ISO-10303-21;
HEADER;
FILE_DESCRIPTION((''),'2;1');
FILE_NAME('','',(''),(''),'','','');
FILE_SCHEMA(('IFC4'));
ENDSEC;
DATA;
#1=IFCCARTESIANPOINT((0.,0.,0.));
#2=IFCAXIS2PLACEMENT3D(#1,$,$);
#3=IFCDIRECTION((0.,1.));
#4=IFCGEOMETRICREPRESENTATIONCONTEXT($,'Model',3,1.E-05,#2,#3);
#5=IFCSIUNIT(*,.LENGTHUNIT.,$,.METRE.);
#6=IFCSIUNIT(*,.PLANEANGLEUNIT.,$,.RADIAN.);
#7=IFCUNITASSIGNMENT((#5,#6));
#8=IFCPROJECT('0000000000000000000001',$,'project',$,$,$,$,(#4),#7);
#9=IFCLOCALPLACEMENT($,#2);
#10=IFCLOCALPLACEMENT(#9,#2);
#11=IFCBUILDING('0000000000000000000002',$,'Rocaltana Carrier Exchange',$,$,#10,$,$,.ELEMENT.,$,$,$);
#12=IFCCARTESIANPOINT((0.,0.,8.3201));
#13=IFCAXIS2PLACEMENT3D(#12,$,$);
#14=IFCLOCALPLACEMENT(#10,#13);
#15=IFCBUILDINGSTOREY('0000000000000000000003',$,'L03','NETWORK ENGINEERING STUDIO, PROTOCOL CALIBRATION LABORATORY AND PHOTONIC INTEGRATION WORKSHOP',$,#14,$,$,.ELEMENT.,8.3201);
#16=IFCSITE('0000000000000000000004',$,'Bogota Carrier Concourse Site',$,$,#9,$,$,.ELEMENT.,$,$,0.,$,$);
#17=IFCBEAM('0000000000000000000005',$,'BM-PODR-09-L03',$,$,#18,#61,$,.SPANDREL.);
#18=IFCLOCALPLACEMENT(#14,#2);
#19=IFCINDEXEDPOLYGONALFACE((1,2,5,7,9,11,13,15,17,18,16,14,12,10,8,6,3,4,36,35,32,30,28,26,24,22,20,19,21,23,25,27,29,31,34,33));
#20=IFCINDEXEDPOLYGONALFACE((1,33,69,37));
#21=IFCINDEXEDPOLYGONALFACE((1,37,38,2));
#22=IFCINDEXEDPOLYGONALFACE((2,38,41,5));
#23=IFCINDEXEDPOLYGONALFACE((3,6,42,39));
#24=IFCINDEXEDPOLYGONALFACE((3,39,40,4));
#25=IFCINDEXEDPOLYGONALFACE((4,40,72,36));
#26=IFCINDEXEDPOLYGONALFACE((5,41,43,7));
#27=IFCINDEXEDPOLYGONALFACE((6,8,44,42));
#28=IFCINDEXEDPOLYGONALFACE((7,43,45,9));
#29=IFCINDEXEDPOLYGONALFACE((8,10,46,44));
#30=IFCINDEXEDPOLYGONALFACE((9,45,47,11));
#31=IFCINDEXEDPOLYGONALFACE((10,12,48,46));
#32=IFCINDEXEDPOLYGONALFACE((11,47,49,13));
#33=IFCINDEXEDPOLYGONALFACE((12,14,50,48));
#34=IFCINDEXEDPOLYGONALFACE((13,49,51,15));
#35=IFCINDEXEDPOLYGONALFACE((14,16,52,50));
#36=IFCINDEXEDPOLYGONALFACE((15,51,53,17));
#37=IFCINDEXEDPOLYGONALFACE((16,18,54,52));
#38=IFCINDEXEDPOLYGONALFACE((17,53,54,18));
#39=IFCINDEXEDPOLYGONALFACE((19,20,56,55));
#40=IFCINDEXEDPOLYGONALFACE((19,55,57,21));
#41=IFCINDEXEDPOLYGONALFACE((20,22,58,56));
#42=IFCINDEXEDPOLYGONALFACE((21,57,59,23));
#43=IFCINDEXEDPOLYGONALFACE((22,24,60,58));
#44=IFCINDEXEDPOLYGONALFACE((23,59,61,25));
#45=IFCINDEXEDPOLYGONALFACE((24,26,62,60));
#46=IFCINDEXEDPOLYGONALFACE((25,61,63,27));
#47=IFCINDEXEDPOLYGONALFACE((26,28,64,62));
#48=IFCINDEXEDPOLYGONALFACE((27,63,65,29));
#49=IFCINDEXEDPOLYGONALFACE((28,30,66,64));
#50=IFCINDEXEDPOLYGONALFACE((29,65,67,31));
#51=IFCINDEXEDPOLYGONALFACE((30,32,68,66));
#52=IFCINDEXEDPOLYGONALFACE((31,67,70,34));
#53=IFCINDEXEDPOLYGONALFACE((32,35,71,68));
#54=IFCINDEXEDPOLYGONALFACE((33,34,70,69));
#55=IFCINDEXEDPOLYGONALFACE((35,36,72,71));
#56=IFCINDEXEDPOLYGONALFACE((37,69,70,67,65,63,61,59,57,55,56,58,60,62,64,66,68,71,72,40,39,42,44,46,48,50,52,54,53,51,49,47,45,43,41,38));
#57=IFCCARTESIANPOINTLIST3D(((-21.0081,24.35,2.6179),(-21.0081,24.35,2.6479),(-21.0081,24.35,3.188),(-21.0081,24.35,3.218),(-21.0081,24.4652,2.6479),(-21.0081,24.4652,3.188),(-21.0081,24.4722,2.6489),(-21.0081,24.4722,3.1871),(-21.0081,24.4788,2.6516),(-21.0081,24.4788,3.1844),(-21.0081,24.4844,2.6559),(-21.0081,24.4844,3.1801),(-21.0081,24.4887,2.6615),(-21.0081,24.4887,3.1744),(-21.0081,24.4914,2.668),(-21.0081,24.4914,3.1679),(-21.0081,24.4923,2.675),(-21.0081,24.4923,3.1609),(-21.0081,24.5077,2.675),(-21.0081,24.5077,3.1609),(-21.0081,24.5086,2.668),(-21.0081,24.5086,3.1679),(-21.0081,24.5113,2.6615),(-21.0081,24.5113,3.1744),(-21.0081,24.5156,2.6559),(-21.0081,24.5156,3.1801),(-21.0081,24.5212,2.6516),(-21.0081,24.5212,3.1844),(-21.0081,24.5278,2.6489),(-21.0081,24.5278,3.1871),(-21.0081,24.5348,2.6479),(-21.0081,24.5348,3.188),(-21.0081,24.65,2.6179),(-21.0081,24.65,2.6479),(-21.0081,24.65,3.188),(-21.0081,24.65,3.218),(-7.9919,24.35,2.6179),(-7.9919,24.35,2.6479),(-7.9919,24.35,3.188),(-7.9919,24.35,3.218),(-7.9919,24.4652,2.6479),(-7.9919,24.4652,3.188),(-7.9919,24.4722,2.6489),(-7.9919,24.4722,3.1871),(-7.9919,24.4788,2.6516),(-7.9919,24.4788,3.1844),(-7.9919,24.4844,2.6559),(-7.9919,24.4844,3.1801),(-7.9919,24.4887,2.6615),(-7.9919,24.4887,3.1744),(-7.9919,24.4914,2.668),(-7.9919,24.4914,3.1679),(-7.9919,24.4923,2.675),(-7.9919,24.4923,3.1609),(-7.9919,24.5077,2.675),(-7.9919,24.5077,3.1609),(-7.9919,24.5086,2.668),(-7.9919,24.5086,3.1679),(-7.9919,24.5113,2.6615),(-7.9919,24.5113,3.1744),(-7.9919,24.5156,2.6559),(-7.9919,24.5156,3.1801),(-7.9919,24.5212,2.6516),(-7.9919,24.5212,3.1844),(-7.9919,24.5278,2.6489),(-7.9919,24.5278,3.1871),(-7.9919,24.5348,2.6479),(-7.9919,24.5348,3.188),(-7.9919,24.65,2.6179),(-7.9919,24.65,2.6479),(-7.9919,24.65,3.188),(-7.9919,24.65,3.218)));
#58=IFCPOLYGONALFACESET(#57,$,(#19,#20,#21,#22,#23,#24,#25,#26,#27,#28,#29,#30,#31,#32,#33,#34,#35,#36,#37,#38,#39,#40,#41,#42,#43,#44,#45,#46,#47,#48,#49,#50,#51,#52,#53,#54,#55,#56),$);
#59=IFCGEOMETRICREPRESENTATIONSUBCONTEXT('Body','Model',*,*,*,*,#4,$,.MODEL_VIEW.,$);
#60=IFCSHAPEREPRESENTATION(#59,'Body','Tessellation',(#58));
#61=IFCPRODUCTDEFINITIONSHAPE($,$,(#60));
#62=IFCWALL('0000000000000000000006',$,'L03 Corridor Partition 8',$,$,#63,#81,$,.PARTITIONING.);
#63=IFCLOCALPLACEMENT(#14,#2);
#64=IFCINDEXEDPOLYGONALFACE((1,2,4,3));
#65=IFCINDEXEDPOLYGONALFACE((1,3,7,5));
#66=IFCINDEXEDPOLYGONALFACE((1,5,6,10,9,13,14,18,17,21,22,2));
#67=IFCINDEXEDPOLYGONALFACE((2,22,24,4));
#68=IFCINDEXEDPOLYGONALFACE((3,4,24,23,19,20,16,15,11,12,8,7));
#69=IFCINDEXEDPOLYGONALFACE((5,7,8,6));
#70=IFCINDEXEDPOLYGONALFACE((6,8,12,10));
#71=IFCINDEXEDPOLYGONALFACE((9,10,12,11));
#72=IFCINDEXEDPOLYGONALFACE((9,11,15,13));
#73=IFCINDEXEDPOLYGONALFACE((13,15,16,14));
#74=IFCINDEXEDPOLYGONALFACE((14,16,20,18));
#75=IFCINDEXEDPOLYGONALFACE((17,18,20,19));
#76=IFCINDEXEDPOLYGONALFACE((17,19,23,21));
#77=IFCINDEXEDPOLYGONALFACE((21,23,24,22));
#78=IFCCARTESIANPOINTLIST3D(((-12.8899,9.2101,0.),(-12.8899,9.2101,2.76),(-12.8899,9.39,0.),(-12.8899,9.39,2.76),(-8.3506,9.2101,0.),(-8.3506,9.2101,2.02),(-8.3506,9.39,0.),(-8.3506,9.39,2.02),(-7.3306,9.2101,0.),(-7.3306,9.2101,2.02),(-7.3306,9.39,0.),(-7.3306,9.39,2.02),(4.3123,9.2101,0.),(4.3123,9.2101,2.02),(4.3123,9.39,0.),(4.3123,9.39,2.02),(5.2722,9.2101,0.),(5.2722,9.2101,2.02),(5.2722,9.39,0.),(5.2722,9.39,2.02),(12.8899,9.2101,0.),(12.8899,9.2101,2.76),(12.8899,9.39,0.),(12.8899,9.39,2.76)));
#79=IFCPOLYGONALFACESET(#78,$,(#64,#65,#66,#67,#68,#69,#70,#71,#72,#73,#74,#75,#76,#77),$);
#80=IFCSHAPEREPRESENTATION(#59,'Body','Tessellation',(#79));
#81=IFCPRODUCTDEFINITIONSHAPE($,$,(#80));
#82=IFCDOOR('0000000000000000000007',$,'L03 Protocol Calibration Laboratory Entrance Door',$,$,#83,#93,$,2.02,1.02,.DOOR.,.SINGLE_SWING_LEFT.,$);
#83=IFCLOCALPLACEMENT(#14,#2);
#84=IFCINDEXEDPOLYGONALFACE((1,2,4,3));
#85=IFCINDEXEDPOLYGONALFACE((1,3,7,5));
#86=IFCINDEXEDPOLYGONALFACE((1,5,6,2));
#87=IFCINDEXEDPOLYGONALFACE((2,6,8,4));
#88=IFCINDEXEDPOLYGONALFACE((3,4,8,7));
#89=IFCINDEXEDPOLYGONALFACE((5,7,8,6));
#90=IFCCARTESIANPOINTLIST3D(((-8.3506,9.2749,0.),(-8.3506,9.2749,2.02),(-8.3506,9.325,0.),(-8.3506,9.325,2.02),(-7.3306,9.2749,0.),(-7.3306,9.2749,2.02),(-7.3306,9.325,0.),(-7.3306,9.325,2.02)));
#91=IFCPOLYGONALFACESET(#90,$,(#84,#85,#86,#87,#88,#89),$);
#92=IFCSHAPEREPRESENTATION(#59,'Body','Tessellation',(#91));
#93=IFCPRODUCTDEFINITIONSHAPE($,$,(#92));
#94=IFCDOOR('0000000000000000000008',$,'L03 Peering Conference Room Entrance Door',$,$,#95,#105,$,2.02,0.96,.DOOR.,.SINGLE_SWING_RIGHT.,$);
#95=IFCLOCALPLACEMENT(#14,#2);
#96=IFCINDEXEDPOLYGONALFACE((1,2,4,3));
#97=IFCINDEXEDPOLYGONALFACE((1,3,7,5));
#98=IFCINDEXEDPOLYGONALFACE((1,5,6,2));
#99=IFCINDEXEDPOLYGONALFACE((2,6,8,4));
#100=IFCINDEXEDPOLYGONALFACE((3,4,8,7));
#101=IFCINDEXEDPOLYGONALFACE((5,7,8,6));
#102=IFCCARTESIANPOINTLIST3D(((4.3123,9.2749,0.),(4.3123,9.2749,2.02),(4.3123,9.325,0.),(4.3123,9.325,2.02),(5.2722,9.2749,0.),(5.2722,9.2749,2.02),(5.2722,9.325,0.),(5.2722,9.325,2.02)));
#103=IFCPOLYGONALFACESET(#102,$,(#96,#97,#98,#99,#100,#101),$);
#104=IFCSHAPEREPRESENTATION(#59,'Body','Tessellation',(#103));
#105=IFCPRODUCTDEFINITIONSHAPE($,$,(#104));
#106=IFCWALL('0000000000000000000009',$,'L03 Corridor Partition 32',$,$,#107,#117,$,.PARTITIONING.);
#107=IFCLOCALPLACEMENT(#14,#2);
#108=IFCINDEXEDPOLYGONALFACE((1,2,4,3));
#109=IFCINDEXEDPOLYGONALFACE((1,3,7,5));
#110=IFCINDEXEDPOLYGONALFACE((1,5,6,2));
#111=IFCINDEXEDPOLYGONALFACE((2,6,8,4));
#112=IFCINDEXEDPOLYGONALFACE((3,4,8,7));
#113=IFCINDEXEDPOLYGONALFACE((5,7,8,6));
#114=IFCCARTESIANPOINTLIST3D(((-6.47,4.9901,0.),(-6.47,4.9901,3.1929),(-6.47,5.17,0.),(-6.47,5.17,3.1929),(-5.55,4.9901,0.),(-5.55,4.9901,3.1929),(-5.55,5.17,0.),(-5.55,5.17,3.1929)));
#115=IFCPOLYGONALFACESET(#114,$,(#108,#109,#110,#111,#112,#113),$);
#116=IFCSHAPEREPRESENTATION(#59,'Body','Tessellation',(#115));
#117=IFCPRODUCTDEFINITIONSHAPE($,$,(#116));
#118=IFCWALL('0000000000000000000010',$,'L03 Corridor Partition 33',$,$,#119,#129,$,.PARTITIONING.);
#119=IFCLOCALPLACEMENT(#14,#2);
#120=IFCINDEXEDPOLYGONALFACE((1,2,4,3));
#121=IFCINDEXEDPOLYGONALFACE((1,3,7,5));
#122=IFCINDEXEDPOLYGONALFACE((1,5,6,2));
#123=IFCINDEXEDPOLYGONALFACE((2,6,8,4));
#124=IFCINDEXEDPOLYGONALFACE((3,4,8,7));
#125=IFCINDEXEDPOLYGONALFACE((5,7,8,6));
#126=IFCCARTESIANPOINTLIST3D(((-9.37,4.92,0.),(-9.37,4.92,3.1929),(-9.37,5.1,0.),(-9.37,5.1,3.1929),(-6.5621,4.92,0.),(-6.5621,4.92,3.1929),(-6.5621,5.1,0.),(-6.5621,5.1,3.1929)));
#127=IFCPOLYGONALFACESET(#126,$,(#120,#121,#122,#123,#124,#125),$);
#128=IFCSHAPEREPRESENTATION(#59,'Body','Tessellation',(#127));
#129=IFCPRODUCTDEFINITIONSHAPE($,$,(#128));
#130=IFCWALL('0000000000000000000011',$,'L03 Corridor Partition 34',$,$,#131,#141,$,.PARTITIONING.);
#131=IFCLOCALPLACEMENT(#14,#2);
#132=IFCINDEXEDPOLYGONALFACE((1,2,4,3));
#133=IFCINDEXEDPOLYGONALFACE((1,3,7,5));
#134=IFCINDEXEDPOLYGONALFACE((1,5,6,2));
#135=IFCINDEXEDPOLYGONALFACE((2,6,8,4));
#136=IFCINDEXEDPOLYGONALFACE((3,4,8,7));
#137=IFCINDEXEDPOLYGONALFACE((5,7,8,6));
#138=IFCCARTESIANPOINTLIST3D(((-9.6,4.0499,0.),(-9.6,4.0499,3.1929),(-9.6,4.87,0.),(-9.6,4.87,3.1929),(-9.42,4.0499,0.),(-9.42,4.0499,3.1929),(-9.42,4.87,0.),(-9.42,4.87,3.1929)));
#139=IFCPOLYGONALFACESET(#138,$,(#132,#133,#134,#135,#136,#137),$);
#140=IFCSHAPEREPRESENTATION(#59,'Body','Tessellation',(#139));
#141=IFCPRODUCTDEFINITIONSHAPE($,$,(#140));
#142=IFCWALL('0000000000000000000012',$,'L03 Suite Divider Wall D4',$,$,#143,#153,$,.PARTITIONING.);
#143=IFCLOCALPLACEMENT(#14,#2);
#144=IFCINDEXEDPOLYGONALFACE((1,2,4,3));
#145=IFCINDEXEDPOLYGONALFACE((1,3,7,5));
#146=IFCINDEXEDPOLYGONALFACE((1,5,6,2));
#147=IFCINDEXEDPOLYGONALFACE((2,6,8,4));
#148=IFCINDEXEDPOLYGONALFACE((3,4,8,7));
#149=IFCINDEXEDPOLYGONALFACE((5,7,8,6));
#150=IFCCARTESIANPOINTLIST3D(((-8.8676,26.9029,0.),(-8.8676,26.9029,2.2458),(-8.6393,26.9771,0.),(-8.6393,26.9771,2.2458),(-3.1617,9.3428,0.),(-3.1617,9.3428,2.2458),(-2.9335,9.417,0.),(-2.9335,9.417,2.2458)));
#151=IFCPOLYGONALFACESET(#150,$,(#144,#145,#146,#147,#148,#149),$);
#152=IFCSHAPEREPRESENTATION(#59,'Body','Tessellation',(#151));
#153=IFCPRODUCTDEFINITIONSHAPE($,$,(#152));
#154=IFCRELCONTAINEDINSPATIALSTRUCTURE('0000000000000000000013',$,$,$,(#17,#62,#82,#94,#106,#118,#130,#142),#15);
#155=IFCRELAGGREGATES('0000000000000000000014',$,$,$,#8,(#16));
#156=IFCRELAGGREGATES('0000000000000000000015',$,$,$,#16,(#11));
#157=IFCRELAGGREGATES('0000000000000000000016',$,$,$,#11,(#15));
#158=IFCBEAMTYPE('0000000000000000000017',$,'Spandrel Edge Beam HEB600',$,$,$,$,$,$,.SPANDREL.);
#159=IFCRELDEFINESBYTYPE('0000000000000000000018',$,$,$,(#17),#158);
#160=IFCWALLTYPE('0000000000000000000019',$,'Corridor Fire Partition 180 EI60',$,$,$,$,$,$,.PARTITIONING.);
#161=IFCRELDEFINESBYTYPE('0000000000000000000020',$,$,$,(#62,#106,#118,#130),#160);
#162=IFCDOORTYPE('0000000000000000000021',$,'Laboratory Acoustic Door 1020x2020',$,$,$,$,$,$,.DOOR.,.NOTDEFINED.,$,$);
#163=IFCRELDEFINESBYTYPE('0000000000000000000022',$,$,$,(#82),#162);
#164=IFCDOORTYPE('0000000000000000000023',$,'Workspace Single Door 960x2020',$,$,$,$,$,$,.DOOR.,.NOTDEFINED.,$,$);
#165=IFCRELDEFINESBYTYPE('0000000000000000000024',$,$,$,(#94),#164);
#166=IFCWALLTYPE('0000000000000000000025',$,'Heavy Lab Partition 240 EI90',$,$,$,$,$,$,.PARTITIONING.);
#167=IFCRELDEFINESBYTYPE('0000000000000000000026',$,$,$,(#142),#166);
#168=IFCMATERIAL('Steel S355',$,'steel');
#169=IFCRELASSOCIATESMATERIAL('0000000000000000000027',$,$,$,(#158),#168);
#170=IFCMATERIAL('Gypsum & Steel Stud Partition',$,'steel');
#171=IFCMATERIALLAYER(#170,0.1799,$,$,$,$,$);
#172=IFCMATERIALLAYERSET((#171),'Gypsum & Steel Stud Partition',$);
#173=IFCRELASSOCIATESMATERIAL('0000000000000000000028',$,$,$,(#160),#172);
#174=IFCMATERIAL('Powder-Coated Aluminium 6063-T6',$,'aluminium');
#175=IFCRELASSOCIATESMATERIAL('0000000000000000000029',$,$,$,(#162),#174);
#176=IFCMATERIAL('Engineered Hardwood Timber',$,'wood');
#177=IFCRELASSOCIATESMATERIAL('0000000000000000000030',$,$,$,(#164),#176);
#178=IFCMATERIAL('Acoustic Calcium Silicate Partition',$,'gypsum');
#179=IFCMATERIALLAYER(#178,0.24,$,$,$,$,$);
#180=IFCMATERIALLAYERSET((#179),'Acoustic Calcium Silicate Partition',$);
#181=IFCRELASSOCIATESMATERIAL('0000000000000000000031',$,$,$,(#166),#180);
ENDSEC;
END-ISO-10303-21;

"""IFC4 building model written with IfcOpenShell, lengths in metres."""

from ifc_helpers import new_model, si_unit, direction, frame, frame_2d, origin, origin_2d, place, context, subcontext, project, spatial, rectangle, i_section, extrude, material, layer, layer_set, material_profile, profile_set, type_object, element, fill, save


model = new_model("IFC4")

# Units and contexts
model_context = context("Model", 3, precision=1e-05, world=origin(), true_north=direction((0.0, 1.0)))
body_context = subcontext(model_context, "Body", "Model", "MODEL_VIEW")
ifc_project = project(units=[si_unit("LENGTHUNIT", "METRE"), si_unit("PLANEANGLEUNIT", "RADIAN")], contexts=[model_context])

# Site, building, storey
site_placement = place(None, origin())
site = spatial("IfcSite", under=ifc_project, at=site_placement, Name="Bogota Carrier Concourse Site", CompositionType="ELEMENT", RefElevation=0.0)
building_placement = place(site_placement, origin())
building = spatial("IfcBuilding", under=site, at=building_placement, Name="Rocaltana Carrier Exchange", CompositionType="ELEMENT")
storey_placement = place(building_placement, frame((0.0, 0.0, 8.3201)))
storey = spatial("IfcBuildingStorey", under=building, at=storey_placement, Name="L03", Description="NETWORK ENGINEERING STUDIO, PROTOCOL CALIBRATION LABORATORY AND PHOTONIC INTEGRATION WORKSHOP", CompositionType="ELEMENT", Elevation=8.3201)

# Beam
ifc_material_1 = material(Name="Steel S355", Category="steel")
ifc_material_profile_1 = material_profile(ifc_material_1, i_section(OverallWidth=0.3, OverallDepth=0.6001, WebThickness=0.0154, FlangeThickness=0.03, FilletRadius=0.0271, at=origin_2d()), Name="HEB600")
ifc_profile_set_1 = profile_set([ifc_material_profile_1], Name="Steel S355")
beam_type_1 = type_object("IfcBeamType", Name="Spandrel Edge Beam HEB600", PredefinedType="SPANDREL", material=ifc_profile_set_1)
beam_1_placement = place(storey_placement, frame((-7.9919, 24.5, 2.918), z_axis=(-1.0, 0.0, 0.0), x_axis=(0.0, -1.0, 0.0)))
element("IfcBeam", 1, at=beam_1_placement, inside=storey, type_object=beam_type_1, Name="BM-PODR-09-L03", PredefinedType="SPANDREL", context=body_context, shape_type="SweptSolid", body=[
    extrude(i_section(OverallWidth=0.3, OverallDepth=0.6001, WebThickness=0.0154, FlangeThickness=0.03, FilletRadius=0.0271, at=origin_2d()), origin(), (0.0, 0.0, 1.0), 13.0161),
])

# Wall, openings, doors
ifc_material_2 = material(Name="Gypsum & Steel Stud Partition", Category="steel")
ifc_layer_1 = layer(ifc_material_2, 0.1799)
ifc_layer_set_1 = layer_set([ifc_layer_1], Name="Gypsum & Steel Stud Partition")
wall_type_1 = type_object("IfcWallType", Name="Corridor Fire Partition 180 EI60", PredefinedType="PARTITIONING", material=ifc_layer_set_1)
wall_1_placement = place(storey_placement, frame((-12.8899, 9.3, 0.0), z_axis=(0.0, 0.0, 1.0), x_axis=(1.0, 0.0, 0.0)))
wall_1 = element("IfcWall", 2, at=wall_1_placement, inside=storey, type_object=wall_type_1, Name="L03 Corridor Partition 8", PredefinedType="PARTITIONING", context=body_context, shape_type="SweptSolid", body=[
    extrude(rectangle(XDim=25.7798, YDim=0.1799, at=frame_2d((12.8899, 0.0))), origin(), (0.0, 0.0, 1.0), 2.76),
])
opening_1_placement = place(wall_1_placement, frame((17.2021, 0.0, 0.0)))
opening_1 = element("IfcOpeningElement", 3, at=opening_1_placement, cuts=wall_1, PredefinedType="OPENING", context=body_context, shape_type="SweptSolid", body=[
    extrude(rectangle(XDim=0.96, YDim=2.02, at=frame_2d((0.48, 1.01))), frame((0.0, 0.0999, 0.0), z_axis=(0.0, -1.0, 0.0), x_axis=(1.0, 0.0, 0.0)), (0.0, 0.0, 1.0), 0.2),
])
opening_2_placement = place(wall_1_placement, frame((4.5393, 0.0, 0.0)))
opening_2 = element("IfcOpeningElement", 4, at=opening_2_placement, cuts=wall_1, PredefinedType="OPENING", context=body_context, shape_type="SweptSolid", body=[
    extrude(rectangle(XDim=1.02, YDim=2.02, at=frame_2d((0.51, 1.01))), frame((0.0, 0.0999, 0.0), z_axis=(0.0, -1.0, 0.0), x_axis=(1.0, 0.0, 0.0)), (0.0, 0.0, 1.0), 0.2),
])
ifc_material_3 = material(Name="Powder-Coated Aluminium 6063-T6", Category="aluminium")
door_type_1 = type_object("IfcDoorType", Name="Laboratory Acoustic Door 1020x2020", OperationType="NOTDEFINED", PredefinedType="DOOR", material=ifc_material_3)
door_1_placement = place(opening_2_placement, origin())
door_1 = element("IfcDoor", 5, at=door_1_placement, inside=storey, type_object=door_type_1, Name="L03 Protocol Calibration Laboratory Entrance Door", OperationType="SINGLE_SWING_LEFT", OverallHeight=2.02, OverallWidth=1.02, PredefinedType="DOOR", context=body_context, shape_type="SweptSolid", body=[
    extrude(rectangle(XDim=1.02, YDim=2.02, at=frame_2d((0.51, 1.01))), frame((0.0, 0.0249, 0.0), z_axis=(0.0, -1.0, 0.0), x_axis=(1.0, 0.0, 0.0)), (0.0, 0.0, 1.0), 0.05),
])
fill(opening_2, door_1)
ifc_material_4 = material(Name="Engineered Hardwood Timber", Category="wood")
door_type_2 = type_object("IfcDoorType", Name="Workspace Single Door 960x2020", OperationType="NOTDEFINED", PredefinedType="DOOR", material=ifc_material_4)
door_2_placement = place(opening_1_placement, origin())
door_2 = element("IfcDoor", 6, at=door_2_placement, inside=storey, type_object=door_type_2, Name="L03 Peering Conference Room Entrance Door", OperationType="SINGLE_SWING_RIGHT", OverallHeight=2.02, OverallWidth=0.96, PredefinedType="DOOR", context=body_context, shape_type="SweptSolid", body=[
    extrude(rectangle(XDim=0.96, YDim=2.02, at=frame_2d((0.48, 1.01))), frame((0.0, 0.0249, 0.0), z_axis=(0.0, -1.0, 0.0), x_axis=(1.0, 0.0, 0.0)), (0.0, 0.0, 1.0), 0.05),
])
fill(opening_1, door_2)

# Walls
wall_2_placement = place(storey_placement, frame((-5.55, 5.0801, 0.0), z_axis=(0.0, 0.0, 1.0), x_axis=(-1.0, 0.0, 0.0)))
element("IfcWall", 7, at=wall_2_placement, inside=storey, type_object=wall_type_1, Name="L03 Corridor Partition 32", PredefinedType="PARTITIONING", context=body_context, shape_type="SweptSolid", body=[
    extrude(rectangle(XDim=0.9199, YDim=0.1799, at=frame_2d((0.46, 0.0))), origin(), (0.0, 0.0, 1.0), 3.1929),
])
wall_3_placement = place(storey_placement, frame((-6.5623, 5.01, 0.0), z_axis=(0.0, 0.0, 1.0), x_axis=(-1.0, 0.0, 0.0)))
element("IfcWall", 8, at=wall_3_placement, inside=storey, type_object=wall_type_1, Name="L03 Corridor Partition 33", PredefinedType="PARTITIONING", context=body_context, shape_type="SweptSolid", body=[
    extrude(rectangle(XDim=2.8079, YDim=0.1799, at=frame_2d((1.4038, 0.0))), origin(), (0.0, 0.0, 1.0), 3.1929),
])
wall_4_placement = place(storey_placement, frame((-9.51, 4.8701, 0.0), z_axis=(0.0, 0.0, 1.0), x_axis=(0.0, -1.0, 0.0)))
element("IfcWall", 9, at=wall_4_placement, inside=storey, type_object=wall_type_1, Name="L03 Corridor Partition 34", PredefinedType="PARTITIONING", context=body_context, shape_type="SweptSolid", body=[
    extrude(rectangle(XDim=0.8201, YDim=0.1799, at=frame_2d((0.4102, 0.0))), origin(), (0.0, 0.0, 1.0), 3.1929),
])
ifc_material_5 = material(Name="Acoustic Calcium Silicate Partition", Category="gypsum")
ifc_layer_2 = layer(ifc_material_5, 0.24)
ifc_layer_set_2 = layer_set([ifc_layer_2], Name="Acoustic Calcium Silicate Partition")
wall_type_2 = type_object("IfcWallType", Name="Heavy Lab Partition 240 EI90", PredefinedType="PARTITIONING", material=ifc_layer_set_2)
wall_5_placement = place(storey_placement, frame((-3.0476, 9.3799, 0.0), z_axis=(0.0, 0.0, 1.0), x_axis=(-0.309027, 0.951053, 0.0)))
element("IfcWall", 10, at=wall_5_placement, inside=storey, type_object=wall_type_2, Name="L03 Suite Divider Wall D4", PredefinedType="PARTITIONING", context=body_context, shape_type="SweptSolid", body=[
    extrude(rectangle(XDim=18.4639, YDim=0.24, at=frame_2d((9.2319, 0.0))), origin(), (0.0, 0.0, 1.0), 2.2458),
])

save(model, "model.ifc")
